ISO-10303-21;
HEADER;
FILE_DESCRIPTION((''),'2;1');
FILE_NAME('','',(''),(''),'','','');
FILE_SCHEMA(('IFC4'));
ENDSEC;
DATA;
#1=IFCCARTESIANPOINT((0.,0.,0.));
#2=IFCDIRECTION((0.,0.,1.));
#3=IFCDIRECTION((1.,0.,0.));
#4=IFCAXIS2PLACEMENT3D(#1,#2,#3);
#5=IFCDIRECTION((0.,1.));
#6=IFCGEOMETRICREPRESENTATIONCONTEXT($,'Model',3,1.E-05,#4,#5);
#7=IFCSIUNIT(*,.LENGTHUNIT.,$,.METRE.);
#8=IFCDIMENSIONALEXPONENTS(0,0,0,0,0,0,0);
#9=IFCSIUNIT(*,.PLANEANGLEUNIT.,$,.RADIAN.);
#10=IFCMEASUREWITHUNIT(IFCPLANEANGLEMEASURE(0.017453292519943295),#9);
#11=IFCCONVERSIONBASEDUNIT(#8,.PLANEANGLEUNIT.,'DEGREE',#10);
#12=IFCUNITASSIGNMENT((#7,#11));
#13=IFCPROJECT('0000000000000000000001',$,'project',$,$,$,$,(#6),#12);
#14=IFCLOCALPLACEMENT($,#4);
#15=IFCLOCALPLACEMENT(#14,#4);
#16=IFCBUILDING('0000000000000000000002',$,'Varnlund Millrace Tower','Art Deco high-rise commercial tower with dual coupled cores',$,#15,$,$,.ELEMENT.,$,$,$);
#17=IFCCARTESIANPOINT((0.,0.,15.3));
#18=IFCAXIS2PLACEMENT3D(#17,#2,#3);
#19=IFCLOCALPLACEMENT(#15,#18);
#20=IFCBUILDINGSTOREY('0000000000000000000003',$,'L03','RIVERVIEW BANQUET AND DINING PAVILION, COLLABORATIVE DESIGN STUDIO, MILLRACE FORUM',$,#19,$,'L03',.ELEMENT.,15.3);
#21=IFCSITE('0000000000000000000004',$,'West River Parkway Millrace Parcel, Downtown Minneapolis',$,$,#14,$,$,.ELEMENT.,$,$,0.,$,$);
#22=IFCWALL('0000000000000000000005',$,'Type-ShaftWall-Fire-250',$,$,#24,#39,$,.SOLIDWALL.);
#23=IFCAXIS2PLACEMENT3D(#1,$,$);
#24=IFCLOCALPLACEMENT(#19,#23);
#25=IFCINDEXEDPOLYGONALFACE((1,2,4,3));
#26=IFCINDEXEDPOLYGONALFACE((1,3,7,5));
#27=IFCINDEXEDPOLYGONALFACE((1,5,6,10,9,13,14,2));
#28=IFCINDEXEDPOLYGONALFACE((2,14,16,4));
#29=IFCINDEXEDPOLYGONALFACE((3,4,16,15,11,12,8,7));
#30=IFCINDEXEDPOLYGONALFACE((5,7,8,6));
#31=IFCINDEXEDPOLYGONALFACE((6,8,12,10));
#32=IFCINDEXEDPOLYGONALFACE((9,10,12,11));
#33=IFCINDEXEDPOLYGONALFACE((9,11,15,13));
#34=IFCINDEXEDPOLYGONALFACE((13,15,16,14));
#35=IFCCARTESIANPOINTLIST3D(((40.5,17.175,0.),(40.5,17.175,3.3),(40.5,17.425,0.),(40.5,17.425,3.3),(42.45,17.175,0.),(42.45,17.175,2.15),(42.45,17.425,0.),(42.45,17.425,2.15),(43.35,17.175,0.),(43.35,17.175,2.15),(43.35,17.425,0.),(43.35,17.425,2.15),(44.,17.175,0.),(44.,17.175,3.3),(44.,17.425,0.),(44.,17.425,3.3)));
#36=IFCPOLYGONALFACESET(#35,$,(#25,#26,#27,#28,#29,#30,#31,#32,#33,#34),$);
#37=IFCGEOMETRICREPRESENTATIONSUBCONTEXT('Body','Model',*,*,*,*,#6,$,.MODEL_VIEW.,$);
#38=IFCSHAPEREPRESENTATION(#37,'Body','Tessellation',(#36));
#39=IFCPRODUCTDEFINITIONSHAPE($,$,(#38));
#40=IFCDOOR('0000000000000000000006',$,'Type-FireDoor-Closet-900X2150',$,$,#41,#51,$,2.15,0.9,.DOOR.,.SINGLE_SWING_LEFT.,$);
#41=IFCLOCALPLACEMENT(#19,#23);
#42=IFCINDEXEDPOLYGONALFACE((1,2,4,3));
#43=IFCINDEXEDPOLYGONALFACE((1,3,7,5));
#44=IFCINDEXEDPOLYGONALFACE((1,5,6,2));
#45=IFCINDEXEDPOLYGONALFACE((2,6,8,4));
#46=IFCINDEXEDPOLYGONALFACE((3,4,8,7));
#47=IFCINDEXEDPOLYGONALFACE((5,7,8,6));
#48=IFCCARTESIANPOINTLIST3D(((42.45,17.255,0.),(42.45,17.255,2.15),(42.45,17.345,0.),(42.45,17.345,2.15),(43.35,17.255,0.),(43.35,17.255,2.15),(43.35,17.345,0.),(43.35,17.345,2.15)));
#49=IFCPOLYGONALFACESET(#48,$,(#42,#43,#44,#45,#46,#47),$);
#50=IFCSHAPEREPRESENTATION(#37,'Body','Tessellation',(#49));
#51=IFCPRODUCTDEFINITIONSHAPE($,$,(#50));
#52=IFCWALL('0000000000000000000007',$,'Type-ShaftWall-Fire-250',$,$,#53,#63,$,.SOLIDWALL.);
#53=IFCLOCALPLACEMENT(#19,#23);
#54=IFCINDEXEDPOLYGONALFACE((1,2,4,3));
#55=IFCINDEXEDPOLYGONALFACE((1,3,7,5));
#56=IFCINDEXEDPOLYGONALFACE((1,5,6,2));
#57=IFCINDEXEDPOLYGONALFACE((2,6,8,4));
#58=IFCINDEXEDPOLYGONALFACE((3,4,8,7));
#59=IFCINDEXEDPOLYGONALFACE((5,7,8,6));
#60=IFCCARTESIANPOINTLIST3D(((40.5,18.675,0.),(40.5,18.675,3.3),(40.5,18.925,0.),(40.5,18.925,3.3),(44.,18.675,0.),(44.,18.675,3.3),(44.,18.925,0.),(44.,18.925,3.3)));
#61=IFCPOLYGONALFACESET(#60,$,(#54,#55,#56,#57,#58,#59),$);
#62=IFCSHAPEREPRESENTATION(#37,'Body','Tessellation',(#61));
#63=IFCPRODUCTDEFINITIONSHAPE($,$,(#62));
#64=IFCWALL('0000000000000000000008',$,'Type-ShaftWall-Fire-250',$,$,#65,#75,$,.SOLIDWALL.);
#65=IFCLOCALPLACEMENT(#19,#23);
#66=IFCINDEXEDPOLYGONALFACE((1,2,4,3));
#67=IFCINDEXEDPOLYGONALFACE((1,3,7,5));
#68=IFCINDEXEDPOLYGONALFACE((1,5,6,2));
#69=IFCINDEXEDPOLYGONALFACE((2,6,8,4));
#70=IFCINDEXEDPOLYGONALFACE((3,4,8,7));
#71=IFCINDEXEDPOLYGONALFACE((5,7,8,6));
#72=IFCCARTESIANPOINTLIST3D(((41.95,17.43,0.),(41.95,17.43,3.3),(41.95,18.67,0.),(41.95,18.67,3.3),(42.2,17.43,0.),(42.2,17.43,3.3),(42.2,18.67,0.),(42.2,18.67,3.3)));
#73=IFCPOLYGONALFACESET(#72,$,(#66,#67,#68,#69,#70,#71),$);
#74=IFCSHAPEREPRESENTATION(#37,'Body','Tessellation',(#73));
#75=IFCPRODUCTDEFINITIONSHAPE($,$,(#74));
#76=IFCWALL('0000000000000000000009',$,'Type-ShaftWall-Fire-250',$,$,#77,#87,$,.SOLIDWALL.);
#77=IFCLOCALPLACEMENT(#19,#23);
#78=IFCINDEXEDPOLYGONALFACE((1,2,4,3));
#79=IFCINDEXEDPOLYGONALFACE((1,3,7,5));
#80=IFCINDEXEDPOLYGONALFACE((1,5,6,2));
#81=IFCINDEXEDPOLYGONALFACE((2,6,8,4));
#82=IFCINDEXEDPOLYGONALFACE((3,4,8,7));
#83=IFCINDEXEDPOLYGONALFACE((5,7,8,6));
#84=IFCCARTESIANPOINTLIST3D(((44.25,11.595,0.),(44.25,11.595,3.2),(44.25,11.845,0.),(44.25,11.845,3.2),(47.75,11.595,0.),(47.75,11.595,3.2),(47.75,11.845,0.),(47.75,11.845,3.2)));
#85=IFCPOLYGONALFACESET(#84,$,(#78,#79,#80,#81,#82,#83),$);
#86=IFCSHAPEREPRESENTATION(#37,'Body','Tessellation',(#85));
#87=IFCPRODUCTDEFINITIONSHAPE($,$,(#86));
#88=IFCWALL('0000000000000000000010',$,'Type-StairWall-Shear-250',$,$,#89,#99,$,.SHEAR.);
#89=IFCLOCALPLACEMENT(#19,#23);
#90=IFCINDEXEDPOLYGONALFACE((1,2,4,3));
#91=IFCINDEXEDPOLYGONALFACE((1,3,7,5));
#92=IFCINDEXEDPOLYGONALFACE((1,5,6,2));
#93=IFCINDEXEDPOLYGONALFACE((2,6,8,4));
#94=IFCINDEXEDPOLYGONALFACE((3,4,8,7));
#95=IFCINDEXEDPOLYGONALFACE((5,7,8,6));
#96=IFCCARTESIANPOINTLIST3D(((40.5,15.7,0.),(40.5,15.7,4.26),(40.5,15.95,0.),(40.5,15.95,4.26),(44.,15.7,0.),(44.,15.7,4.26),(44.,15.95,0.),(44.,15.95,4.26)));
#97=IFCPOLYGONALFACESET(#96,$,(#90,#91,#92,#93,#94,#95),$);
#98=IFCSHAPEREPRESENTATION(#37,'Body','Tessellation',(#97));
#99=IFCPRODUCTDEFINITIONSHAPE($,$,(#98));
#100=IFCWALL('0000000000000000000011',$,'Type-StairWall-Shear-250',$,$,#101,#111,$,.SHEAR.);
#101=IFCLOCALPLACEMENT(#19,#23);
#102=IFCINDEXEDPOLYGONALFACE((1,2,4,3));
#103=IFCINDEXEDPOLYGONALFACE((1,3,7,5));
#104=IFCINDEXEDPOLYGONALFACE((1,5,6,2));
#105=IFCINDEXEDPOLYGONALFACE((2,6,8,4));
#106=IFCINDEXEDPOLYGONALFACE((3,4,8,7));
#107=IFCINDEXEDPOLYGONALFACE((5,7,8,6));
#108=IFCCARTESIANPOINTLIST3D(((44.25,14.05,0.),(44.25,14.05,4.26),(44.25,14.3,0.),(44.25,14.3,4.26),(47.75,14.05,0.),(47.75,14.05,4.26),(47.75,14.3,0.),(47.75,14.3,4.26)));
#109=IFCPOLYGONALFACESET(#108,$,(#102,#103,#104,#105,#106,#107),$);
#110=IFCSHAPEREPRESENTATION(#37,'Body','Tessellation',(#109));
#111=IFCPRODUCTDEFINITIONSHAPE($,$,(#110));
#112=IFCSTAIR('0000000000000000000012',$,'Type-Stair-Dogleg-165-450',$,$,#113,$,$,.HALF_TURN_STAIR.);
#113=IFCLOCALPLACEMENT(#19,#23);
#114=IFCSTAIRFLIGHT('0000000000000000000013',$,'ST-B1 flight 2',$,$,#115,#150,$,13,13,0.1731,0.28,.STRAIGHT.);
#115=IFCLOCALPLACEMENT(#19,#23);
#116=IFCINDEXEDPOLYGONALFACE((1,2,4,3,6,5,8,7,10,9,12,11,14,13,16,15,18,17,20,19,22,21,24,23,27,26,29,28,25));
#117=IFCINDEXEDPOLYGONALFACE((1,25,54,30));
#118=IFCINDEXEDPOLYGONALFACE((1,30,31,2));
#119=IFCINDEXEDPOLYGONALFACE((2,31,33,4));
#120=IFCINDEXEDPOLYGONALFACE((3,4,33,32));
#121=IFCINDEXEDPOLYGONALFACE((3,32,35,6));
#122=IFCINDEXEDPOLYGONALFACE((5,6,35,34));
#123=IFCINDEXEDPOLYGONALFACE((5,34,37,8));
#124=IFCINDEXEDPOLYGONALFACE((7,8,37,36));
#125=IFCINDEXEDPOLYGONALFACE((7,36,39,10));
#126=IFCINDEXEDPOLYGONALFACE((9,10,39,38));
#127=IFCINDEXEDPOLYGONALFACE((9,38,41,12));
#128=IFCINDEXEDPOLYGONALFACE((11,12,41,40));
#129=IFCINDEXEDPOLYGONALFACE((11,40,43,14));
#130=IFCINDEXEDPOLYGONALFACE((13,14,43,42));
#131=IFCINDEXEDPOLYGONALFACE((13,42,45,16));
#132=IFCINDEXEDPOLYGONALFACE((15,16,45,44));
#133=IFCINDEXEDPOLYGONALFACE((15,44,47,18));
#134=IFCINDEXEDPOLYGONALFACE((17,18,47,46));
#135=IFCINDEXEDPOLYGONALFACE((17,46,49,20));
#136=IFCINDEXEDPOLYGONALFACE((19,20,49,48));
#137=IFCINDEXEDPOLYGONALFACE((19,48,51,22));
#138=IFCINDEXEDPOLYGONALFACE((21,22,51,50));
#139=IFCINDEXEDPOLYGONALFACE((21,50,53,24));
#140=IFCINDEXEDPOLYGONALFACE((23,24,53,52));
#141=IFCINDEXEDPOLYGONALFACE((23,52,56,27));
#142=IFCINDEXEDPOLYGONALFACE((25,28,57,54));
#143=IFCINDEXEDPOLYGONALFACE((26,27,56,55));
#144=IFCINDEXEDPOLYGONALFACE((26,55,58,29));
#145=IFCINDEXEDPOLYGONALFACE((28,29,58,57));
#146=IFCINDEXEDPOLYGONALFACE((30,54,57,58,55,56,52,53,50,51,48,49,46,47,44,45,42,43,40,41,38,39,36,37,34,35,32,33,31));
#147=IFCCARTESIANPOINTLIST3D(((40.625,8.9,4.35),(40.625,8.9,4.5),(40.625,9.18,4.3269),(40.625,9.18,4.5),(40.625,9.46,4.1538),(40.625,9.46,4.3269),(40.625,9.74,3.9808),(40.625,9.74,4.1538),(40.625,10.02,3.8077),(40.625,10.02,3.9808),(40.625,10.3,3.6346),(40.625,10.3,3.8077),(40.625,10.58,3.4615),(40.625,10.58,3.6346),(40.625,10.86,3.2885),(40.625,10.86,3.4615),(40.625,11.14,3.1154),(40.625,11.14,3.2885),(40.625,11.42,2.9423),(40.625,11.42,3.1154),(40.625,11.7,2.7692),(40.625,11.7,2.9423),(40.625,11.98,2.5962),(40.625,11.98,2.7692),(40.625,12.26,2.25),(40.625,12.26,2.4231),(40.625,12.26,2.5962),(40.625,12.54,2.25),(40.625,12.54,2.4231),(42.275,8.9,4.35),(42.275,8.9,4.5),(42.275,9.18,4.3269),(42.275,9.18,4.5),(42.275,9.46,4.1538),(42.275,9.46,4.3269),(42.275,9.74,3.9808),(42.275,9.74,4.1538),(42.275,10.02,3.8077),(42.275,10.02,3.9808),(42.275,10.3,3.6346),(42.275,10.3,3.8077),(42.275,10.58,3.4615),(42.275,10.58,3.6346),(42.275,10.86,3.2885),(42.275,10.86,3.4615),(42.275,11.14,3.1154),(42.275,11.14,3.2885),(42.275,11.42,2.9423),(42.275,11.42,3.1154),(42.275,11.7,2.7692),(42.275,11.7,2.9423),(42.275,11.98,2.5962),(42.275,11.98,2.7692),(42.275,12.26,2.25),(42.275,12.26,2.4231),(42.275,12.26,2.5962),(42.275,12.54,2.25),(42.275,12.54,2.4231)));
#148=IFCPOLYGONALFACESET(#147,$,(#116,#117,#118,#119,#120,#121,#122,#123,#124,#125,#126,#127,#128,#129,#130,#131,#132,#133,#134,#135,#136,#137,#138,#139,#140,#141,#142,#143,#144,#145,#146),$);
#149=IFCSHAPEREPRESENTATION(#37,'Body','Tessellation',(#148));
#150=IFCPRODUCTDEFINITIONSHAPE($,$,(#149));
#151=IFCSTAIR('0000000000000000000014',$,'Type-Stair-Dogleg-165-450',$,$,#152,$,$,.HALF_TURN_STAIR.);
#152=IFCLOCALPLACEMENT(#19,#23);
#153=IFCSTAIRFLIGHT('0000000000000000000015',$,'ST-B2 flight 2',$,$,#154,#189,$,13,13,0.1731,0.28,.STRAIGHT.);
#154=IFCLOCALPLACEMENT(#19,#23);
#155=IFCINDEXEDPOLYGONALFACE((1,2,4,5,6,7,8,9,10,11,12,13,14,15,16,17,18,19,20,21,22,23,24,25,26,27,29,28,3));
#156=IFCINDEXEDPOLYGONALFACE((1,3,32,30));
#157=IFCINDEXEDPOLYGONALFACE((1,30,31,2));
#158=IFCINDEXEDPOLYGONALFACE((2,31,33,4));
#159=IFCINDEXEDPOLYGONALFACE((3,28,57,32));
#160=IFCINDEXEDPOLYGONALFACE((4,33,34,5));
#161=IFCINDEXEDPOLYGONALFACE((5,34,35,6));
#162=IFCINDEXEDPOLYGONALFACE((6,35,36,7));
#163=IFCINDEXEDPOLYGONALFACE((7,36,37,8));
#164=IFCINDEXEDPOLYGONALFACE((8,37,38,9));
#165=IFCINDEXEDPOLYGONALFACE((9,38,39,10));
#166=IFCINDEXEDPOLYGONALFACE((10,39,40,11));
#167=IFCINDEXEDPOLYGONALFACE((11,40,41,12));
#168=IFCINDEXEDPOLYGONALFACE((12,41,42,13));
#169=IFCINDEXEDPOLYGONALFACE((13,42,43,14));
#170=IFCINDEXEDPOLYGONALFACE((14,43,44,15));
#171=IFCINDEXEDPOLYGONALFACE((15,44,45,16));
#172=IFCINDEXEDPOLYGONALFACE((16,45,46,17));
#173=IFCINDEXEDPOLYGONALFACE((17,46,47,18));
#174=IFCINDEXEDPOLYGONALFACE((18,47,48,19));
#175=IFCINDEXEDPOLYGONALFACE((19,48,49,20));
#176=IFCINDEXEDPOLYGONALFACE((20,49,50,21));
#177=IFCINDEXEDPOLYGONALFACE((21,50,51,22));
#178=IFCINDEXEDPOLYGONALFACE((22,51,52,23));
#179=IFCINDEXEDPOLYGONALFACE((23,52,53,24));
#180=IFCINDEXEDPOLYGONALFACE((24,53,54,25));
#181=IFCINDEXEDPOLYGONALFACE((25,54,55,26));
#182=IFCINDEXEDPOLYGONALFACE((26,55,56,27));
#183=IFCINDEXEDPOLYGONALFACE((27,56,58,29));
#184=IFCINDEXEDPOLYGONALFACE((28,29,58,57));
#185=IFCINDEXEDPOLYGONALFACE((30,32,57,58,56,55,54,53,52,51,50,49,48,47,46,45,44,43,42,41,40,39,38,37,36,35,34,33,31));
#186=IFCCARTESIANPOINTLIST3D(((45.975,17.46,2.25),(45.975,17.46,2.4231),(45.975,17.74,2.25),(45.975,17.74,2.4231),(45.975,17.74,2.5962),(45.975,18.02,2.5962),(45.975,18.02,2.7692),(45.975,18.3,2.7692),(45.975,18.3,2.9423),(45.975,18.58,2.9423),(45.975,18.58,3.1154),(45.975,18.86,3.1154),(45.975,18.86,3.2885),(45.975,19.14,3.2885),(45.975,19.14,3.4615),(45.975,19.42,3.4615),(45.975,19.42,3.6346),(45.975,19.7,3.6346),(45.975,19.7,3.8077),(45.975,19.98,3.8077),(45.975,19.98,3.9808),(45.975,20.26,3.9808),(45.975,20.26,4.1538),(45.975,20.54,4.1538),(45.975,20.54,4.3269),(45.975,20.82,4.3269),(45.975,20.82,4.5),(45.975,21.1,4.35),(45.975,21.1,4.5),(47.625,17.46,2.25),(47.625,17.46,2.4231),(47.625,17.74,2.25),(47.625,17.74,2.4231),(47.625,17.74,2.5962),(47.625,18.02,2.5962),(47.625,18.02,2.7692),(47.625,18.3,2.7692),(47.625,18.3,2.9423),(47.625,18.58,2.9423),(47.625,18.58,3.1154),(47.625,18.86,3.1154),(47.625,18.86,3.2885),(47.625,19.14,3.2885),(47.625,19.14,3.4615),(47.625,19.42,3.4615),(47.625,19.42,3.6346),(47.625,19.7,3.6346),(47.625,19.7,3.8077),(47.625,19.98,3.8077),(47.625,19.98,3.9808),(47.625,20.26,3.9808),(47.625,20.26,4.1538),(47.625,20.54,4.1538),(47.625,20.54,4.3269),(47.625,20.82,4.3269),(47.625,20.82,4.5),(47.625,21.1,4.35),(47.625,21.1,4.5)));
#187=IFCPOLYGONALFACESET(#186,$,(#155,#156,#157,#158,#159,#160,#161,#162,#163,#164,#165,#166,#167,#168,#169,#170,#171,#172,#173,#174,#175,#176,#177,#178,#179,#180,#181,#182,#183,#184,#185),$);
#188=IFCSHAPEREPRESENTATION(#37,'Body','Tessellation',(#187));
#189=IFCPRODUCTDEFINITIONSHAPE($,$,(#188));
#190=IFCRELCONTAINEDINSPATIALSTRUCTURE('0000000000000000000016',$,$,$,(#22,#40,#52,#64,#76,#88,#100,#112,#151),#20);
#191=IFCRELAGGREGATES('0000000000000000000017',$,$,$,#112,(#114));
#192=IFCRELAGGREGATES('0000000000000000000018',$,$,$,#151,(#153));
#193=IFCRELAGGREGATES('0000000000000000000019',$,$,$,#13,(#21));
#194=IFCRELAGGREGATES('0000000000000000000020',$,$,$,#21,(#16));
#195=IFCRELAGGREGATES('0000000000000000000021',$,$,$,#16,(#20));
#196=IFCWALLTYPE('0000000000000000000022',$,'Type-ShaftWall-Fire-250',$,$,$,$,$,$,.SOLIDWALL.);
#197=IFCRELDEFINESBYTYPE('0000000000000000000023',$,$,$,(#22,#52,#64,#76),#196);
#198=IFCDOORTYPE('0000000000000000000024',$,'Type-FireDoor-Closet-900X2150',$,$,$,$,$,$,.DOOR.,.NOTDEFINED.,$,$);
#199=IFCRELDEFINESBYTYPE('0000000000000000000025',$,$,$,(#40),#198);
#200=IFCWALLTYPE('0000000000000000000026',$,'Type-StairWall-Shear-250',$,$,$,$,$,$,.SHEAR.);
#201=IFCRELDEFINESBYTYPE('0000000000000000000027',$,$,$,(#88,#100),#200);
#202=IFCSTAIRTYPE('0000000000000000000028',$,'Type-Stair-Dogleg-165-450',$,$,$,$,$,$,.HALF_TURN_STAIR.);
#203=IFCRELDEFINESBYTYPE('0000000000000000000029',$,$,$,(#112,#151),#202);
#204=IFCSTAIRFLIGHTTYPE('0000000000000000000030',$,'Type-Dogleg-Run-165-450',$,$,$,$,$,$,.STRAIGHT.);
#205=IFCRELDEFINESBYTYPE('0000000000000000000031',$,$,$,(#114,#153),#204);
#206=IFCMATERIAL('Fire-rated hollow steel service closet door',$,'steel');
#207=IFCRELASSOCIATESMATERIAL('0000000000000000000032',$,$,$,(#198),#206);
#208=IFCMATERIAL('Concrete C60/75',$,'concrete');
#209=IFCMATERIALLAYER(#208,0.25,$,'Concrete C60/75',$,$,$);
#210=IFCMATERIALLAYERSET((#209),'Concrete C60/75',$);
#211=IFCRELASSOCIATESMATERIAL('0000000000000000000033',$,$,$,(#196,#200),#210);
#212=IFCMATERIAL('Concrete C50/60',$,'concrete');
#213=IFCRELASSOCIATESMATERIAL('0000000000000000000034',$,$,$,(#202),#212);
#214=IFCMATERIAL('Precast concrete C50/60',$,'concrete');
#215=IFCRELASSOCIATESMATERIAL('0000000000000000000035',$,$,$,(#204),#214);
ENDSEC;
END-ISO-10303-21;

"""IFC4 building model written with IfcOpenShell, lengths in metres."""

from ifc_helpers import new_model, entity, si_unit, converted_unit, direction, frame, origin_with_axes, origin_2d_with_axis, place, context, subcontext, project, spatial, polyline, rectangle, outline, extrude, material, layer, layer_set, type_object, element, fill, aggregate, save


model = new_model("IFC4")

# Units and contexts
model_context = context("Model", 3, precision=1e-05, world=origin_with_axes(), true_north=direction((0.0, 1.0)))
body_context = subcontext(model_context, "Body", "Model", "MODEL_VIEW")
ifc_project = project(units=[si_unit("LENGTHUNIT", "METRE"), converted_unit("PLANEANGLEUNIT", "DEGREE", entity("IfcPlaneAngleMeasure", 0.017453292519943295), si_unit("PLANEANGLEUNIT", "RADIAN"), dimensions=[0, 0, 0, 0, 0, 0, 0])], contexts=[model_context])

# Site, building, storey
site_placement = place(None, origin_with_axes())
site = spatial("IfcSite", under=ifc_project, at=site_placement, Name="West River Parkway Millrace Parcel, Downtown Minneapolis", CompositionType="ELEMENT", RefElevation=0.0)
building_placement = place(site_placement, origin_with_axes())
building = spatial("IfcBuilding", under=site, at=building_placement, Name="Varnlund Millrace Tower", Description="Art Deco high-rise commercial tower with dual coupled cores", CompositionType="ELEMENT")
storey_placement = place(building_placement, frame((0.0, 0.0, 15.3), z_axis=(0.0, 0.0, 1.0), x_axis=(1.0, 0.0, 0.0)))
storey = spatial("IfcBuildingStorey", under=building, at=storey_placement, Name="L03", Description="RIVERVIEW BANQUET AND DINING PAVILION, COLLABORATIVE DESIGN STUDIO, MILLRACE FORUM", LongName="L03", CompositionType="ELEMENT", Elevation=15.3)

# Shared definitions
ifc_material_1 = material(Name="Fire-rated hollow steel service closet door", Category="steel")
door_type_1 = type_object("IfcDoorType", Name="Type-FireDoor-Closet-900X2150", OperationType="NOTDEFINED", PredefinedType="DOOR", material=ifc_material_1)

# Wall, opening, door
ifc_material_2 = material(Name="Concrete C60/75", Category="concrete")
ifc_layer_1 = layer(ifc_material_2, 0.25, Name="Concrete C60/75")
ifc_layer_set_1 = layer_set([ifc_layer_1], Name="Concrete C60/75")
wall_type_1 = type_object("IfcWallType", Name="Type-ShaftWall-Fire-250", PredefinedType="SOLIDWALL", material=ifc_layer_set_1)
wall_1_placement = place(storey_placement, frame((40.5, 17.3, 0.0), z_axis=(0.0, 0.0, 1.0), x_axis=(1.0, 0.0, 0.0)))
wall_1 = element("IfcWall", 1, at=wall_1_placement, inside=storey, type_object=wall_type_1, Name="Type-ShaftWall-Fire-250", PredefinedType="SOLIDWALL", context=body_context, shape_type="SweptSolid", body=[
    extrude(outline(polyline([(0.0, -0.125), (3.5, -0.125), (3.5, 0.125), (0.0, 0.125), (0.0, -0.125)])), origin_with_axes(), (0.0, 0.0, 1.0), 3.3),
])
opening_1_placement = place(wall_1_placement, frame((2.4, 0.0, 0.0), z_axis=(0.0, 0.0, 1.0), x_axis=(1.0, 0.0, 0.0)))
opening_1 = element("IfcOpeningElement", 2, at=opening_1_placement, cuts=wall_1, PredefinedType="OPENING", context=body_context, shape_type="SweptSolid", body=[
    extrude(rectangle(XDim=0.9, YDim=0.27, at=origin_2d_with_axis()), origin_with_axes(), (0.0, 0.0, 1.0), 2.15),
])
door_1_placement = place(wall_1_placement, frame((2.4, 0.0, 0.0), z_axis=(0.0, 0.0, 1.0), x_axis=(1.0, 0.0, 0.0)))
door_1 = element("IfcDoor", 3, at=door_1_placement, inside=storey, type_object=door_type_1, Name="Type-FireDoor-Closet-900X2150", OperationType="SINGLE_SWING_LEFT", OverallHeight=2.15, OverallWidth=0.9, PredefinedType="DOOR", context=body_context, shape_type="SweptSolid", body=[
    extrude(rectangle(XDim=0.9, YDim=0.09, at=origin_2d_with_axis()), origin_with_axes(), (0.0, 0.0, 1.0), 2.15),
])
fill(opening_1, door_1)

# Walls
wall_2_placement = place(storey_placement, frame((40.5, 18.8, 0.0), z_axis=(0.0, 0.0, 1.0), x_axis=(1.0, 0.0, 0.0)))
element("IfcWall", 4, at=wall_2_placement, inside=storey, type_object=wall_type_1, Name="Type-ShaftWall-Fire-250", PredefinedType="SOLIDWALL", context=body_context, shape_type="SweptSolid", body=[
    extrude(outline(polyline([(0.0, -0.125), (3.5, -0.125), (3.5, 0.125), (0.0, 0.125), (0.0, -0.125)])), origin_with_axes(), (0.0, 0.0, 1.0), 3.3),
])
wall_3_placement = place(storey_placement, frame((42.075, 17.43, 0.0), z_axis=(0.0, 0.0, 1.0), x_axis=(0.0, 1.0, 0.0)))
element("IfcWall", 5, at=wall_3_placement, inside=storey, type_object=wall_type_1, Name="Type-ShaftWall-Fire-250", PredefinedType="SOLIDWALL", context=body_context, shape_type="SweptSolid", body=[
    extrude(outline(polyline([(0.0, -0.125), (1.24, -0.125), (1.24, 0.125), (0.0, 0.125), (0.0, -0.125)])), origin_with_axes(), (0.0, 0.0, 1.0), 3.3),
])
wall_4_placement = place(storey_placement, frame((44.25, 11.72, 0.0), z_axis=(0.0, 0.0, 1.0), x_axis=(1.0, 0.0, 0.0)))
element("IfcWall", 6, at=wall_4_placement, inside=storey, type_object=wall_type_1, Name="Type-ShaftWall-Fire-250", PredefinedType="SOLIDWALL", context=body_context, shape_type="SweptSolid", body=[
    extrude(outline(polyline([(0.0, -0.125), (3.5, -0.125), (3.5, 0.125), (0.0, 0.125), (0.0, -0.125)])), origin_with_axes(), (0.0, 0.0, 1.0), 3.2),
])
wall_type_2 = type_object("IfcWallType", Name="Type-StairWall-Shear-250", PredefinedType="SHEAR", material=ifc_layer_set_1)
for number, where, z_axis, x_axis, name in (
    (7, (40.5, 15.825, 0.0), (0.0, 0.0, 1.0), (1.0, 0.0, 0.0), "Type-StairWall-Shear-250"),
    (8, (44.25, 14.175, 0.0), (0.0, 0.0, 1.0), (1.0, 0.0, 0.0), "Type-StairWall-Shear-250"),
):
    element("IfcWall", number, at=place(storey_placement, frame(where, z_axis=z_axis, x_axis=x_axis)), inside=storey, type_object=wall_type_2, Name=name, PredefinedType="SHEAR", context=body_context, shape_type="SweptSolid", body=[
        extrude(outline(polyline([(0.0, -0.125), (3.5, -0.125), (3.5, 0.125), (0.0, 0.125), (0.0, -0.125)])), origin_with_axes(), (0.0, 0.0, 1.0), 4.26),
    ])

# Stairs, stair flights
ifc_material_3 = material(Name="Concrete C50/60", Category="concrete")
stair_type = type_object("IfcStairType", Name="Type-Stair-Dogleg-165-450", PredefinedType="HALF_TURN_STAIR", material=ifc_material_3)
stair_1_placement = place(storey_placement, origin_with_axes())
stair_1 = element("IfcStair", 9, at=stair_1_placement, inside=storey, type_object=stair_type, Name="Type-Stair-Dogleg-165-450", PredefinedType="HALF_TURN_STAIR")
ifc_material_4 = material(Name="Precast concrete C50/60", Category="concrete")
stair_flight_type = type_object("IfcStairFlightType", Name="Type-Dogleg-Run-165-450", PredefinedType="STRAIGHT", material=ifc_material_4)
stair_flight_1_placement = place(storey_placement, frame((42.275, 12.54, 2.25), z_axis=(-1.0, 0.0, 0.0), x_axis=(0.0, -1.0, 0.0)))
stair_flight_1 = element("IfcStairFlight", 10, at=stair_flight_1_placement, type_object=stair_flight_type, Name="ST-B1 flight 2", NumberOfRisers=13, NumberOfTreads=13, PredefinedType="STRAIGHT", RiserHeight=0.1731, TreadLength=0.28, context=body_context, shape_type="SweptSolid", body=[
    extrude(outline(polyline([(0.0, 0.0), (0.0, 0.1731), (0.28, 0.1731), (0.28, 0.3462), (0.56, 0.3462), (0.56, 0.5192), (0.84, 0.5192), (0.84, 0.6923), (1.12, 0.6923), (1.12, 0.8654), (1.4, 0.8654), (1.4, 1.0385), (1.68, 1.0385), (1.68, 1.2115), (1.96, 1.2115), (1.96, 1.3846), (2.24, 1.3846), (2.24, 1.5577), (2.52, 1.5577), (2.52, 1.7308), (2.8, 1.7308), (2.8, 1.9038), (3.08, 1.9038), (3.08, 2.0769), (3.36, 2.0769), (3.36, 2.25), (3.64, 2.25), (3.64, 2.1), (0.28, 0.0), (0.0, 0.0)])), origin_with_axes(), (0.0, 0.0, 1.0), 1.65),
])
aggregate(stair_1, [stair_flight_1])
stair_2_placement = place(storey_placement, origin_with_axes())
stair_2 = element("IfcStair", 11, at=stair_2_placement, inside=storey, type_object=stair_type, Name="Type-Stair-Dogleg-165-450", PredefinedType="HALF_TURN_STAIR")
stair_flight_2_placement = place(storey_placement, frame((45.975, 17.46, 2.25), z_axis=(1.0, 0.0, 0.0), x_axis=(0.0, 1.0, 0.0)))
stair_flight_2 = element("IfcStairFlight", 12, at=stair_flight_2_placement, type_object=stair_flight_type, Name="ST-B2 flight 2", NumberOfRisers=13, NumberOfTreads=13, PredefinedType="STRAIGHT", RiserHeight=0.1731, TreadLength=0.28, context=body_context, shape_type="SweptSolid", body=[
    extrude(outline(polyline([(0.0, 0.0), (0.0, 0.1731), (0.28, 0.1731), (0.28, 0.3462), (0.56, 0.3462), (0.56, 0.5192), (0.84, 0.5192), (0.84, 0.6923), (1.12, 0.6923), (1.12, 0.8654), (1.4, 0.8654), (1.4, 1.0385), (1.68, 1.0385), (1.68, 1.2115), (1.96, 1.2115), (1.96, 1.3846), (2.24, 1.3846), (2.24, 1.5577), (2.52, 1.5577), (2.52, 1.7308), (2.8, 1.7308), (2.8, 1.9038), (3.08, 1.9038), (3.08, 2.0769), (3.36, 2.0769), (3.36, 2.25), (3.64, 2.25), (3.64, 2.1), (0.28, 0.0), (0.0, 0.0)])), origin_with_axes(), (0.0, 0.0, 1.0), 1.65),
])
aggregate(stair_2, [stair_flight_2])

save(model, "model.ifc")
